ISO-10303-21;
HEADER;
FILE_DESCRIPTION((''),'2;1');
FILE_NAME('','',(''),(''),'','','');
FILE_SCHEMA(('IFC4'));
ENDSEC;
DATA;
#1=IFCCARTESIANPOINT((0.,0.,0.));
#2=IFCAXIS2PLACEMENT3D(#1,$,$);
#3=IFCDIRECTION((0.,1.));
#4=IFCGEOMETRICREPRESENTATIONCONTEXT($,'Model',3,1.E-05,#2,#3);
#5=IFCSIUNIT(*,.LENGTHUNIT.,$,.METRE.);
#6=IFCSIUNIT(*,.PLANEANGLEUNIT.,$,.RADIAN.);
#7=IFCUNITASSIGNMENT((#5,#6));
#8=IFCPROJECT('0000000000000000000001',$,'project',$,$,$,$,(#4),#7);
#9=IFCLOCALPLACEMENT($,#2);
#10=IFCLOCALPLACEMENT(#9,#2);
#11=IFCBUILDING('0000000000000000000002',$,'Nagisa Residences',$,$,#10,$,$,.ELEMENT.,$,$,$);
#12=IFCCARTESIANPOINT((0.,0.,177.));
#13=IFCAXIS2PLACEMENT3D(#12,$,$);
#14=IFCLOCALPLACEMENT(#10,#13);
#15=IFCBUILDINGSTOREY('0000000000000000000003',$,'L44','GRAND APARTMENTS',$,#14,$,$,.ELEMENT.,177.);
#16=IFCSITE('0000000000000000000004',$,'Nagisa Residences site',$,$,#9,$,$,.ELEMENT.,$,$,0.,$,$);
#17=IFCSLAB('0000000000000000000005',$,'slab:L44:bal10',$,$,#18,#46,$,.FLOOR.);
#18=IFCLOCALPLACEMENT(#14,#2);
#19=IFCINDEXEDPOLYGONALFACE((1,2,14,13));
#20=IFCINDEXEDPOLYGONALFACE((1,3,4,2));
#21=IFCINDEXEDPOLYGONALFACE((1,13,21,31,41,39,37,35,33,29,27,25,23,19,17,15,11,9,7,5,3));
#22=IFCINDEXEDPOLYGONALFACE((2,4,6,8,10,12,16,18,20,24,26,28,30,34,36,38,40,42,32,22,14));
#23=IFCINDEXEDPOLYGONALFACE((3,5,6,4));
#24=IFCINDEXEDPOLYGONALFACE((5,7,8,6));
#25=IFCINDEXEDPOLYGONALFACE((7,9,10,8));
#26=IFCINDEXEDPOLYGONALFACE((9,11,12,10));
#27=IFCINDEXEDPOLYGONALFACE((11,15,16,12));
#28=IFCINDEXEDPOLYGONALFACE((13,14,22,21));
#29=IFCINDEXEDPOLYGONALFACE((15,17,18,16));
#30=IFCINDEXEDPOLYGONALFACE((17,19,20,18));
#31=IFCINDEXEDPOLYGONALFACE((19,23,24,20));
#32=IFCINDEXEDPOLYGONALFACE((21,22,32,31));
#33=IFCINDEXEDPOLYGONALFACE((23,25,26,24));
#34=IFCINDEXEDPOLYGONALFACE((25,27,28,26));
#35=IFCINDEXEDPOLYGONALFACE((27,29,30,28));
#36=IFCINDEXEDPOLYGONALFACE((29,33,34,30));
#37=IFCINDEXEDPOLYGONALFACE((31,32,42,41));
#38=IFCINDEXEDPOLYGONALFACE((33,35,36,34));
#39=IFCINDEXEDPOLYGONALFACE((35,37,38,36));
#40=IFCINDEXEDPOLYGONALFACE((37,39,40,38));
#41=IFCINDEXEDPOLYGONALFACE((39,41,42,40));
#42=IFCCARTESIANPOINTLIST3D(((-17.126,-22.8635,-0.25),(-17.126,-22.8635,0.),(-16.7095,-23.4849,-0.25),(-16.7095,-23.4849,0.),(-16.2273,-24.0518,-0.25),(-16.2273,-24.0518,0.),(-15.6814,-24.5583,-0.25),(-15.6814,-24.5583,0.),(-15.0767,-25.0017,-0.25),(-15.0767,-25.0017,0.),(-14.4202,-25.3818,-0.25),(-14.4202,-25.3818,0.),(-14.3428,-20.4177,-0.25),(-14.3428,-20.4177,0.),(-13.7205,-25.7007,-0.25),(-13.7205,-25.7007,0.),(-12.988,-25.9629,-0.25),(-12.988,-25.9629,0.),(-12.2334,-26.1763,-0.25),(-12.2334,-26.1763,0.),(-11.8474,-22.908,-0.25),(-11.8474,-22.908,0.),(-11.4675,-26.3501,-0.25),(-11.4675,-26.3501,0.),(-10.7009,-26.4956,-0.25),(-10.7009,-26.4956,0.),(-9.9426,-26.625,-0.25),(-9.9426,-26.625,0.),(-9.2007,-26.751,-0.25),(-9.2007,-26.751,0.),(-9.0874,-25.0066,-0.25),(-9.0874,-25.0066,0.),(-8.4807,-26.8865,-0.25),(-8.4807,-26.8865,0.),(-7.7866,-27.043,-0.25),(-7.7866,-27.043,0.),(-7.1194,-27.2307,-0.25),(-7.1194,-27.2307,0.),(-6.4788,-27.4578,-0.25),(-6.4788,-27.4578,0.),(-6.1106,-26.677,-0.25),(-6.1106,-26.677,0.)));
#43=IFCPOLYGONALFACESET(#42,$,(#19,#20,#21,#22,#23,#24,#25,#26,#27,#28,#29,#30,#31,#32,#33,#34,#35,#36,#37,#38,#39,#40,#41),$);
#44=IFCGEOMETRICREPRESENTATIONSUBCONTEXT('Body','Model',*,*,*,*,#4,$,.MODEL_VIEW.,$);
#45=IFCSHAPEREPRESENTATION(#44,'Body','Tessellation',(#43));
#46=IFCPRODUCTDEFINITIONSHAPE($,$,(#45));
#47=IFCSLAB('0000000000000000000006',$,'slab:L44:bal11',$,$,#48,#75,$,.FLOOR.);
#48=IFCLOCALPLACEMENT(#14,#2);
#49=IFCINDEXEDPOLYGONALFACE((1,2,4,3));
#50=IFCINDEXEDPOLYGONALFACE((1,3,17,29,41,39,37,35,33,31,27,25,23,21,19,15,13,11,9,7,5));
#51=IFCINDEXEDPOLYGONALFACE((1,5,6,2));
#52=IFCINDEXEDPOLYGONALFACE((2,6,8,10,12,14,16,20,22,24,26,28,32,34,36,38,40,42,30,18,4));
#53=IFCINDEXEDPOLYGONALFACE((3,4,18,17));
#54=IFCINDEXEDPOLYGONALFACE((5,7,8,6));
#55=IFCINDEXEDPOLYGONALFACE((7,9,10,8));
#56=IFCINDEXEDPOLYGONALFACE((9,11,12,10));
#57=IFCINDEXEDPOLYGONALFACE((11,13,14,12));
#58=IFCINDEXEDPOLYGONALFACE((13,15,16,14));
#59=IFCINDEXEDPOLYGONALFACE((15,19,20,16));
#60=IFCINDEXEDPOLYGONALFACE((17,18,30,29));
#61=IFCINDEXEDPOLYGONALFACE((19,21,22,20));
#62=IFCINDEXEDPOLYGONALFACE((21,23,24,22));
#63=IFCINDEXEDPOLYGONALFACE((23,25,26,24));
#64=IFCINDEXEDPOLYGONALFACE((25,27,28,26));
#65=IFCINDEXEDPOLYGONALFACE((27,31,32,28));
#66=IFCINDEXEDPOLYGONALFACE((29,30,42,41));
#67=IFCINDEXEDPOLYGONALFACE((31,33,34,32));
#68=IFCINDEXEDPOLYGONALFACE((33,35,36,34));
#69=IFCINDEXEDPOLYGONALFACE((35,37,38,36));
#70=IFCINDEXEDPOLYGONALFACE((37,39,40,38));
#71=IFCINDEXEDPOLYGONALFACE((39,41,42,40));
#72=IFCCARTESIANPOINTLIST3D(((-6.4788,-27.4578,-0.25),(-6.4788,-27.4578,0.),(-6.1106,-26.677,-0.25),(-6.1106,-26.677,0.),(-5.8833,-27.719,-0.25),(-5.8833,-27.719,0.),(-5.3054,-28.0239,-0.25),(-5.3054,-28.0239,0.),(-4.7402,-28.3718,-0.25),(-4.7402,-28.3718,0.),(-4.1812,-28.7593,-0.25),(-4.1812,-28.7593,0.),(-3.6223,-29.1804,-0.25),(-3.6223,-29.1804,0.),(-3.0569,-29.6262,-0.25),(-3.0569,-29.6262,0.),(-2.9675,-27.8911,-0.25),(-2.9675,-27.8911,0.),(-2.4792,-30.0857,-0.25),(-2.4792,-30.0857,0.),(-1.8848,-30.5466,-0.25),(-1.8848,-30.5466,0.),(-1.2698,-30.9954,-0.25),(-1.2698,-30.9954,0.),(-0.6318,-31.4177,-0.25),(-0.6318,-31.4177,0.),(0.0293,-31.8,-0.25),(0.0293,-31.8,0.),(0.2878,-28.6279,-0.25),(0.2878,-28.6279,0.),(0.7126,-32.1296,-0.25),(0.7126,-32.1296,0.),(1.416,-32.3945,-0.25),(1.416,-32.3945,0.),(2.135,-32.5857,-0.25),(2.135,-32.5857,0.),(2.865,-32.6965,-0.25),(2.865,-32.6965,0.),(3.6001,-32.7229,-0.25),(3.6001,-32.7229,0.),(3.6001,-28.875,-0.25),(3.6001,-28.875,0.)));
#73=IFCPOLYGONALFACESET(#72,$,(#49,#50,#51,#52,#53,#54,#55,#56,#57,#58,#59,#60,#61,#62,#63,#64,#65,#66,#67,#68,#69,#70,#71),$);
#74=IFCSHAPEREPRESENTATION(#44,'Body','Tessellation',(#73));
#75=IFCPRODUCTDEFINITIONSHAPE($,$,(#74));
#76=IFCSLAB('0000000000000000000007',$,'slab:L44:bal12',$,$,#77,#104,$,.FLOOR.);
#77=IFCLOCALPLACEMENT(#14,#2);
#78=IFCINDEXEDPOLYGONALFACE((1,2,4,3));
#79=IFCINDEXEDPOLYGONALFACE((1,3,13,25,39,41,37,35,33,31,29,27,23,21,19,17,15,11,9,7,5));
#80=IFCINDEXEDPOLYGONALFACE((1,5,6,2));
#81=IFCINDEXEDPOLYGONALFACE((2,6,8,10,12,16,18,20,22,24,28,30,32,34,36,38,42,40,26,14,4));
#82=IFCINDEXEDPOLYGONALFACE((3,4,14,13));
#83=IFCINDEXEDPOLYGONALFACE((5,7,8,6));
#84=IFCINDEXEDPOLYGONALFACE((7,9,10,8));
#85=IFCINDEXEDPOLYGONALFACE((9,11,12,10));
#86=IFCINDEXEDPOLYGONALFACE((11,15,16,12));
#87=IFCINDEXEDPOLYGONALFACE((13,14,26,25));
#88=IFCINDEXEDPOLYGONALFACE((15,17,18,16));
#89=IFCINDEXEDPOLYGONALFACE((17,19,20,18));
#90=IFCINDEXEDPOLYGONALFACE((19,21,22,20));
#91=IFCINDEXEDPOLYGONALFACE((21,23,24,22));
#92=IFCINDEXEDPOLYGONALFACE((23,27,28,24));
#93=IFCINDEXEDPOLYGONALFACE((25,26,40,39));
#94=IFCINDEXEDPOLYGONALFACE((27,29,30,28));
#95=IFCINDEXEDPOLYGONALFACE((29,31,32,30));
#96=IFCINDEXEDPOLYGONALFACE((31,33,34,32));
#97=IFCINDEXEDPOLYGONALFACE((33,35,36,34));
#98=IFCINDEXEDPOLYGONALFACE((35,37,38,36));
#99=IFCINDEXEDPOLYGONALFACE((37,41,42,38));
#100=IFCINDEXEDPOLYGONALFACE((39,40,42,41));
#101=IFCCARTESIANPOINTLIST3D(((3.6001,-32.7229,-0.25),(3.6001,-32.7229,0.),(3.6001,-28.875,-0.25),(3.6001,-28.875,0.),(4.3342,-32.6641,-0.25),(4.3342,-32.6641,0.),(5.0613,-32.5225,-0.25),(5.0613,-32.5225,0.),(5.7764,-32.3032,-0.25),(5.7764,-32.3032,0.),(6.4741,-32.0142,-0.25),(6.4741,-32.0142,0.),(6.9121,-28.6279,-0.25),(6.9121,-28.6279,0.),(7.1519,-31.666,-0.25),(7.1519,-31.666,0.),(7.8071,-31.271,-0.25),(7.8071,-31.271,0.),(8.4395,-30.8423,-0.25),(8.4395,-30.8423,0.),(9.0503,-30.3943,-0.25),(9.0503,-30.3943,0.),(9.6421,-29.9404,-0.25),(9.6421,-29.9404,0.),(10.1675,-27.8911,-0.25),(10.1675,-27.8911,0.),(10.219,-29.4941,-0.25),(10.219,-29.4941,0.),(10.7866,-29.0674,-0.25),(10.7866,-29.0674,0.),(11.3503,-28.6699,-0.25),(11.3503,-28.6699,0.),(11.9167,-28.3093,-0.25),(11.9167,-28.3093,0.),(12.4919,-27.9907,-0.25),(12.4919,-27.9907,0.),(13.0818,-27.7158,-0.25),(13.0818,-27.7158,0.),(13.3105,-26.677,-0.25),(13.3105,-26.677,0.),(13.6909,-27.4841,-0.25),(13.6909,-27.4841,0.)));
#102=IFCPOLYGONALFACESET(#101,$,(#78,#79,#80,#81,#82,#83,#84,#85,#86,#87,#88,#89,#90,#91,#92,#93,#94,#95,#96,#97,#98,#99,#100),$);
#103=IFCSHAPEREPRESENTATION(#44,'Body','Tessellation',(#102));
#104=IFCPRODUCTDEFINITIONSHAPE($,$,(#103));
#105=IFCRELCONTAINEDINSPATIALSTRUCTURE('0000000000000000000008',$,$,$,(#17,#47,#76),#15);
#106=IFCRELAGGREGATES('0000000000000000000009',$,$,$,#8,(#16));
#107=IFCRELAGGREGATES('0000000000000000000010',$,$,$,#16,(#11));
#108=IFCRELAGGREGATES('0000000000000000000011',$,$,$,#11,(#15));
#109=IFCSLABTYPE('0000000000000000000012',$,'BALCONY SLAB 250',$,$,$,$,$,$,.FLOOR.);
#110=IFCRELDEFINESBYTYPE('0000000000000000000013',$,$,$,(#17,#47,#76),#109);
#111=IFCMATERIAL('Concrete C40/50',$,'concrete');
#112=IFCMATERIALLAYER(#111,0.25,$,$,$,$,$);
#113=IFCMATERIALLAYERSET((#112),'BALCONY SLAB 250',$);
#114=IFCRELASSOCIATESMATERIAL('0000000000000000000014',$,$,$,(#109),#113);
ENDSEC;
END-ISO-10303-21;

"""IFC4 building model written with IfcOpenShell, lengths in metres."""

from ifc_helpers import new_model, si_unit, direction, frame, origin, place, context, subcontext, project, spatial, polyline, outline, extrude, material, layer, layer_set, type_object, element, save


model = new_model("IFC4")

# Units and contexts
model_context = context("Model", 3, precision=1e-05, world=origin(), true_north=direction((0.0, 1.0)))
body_context = subcontext(model_context, "Body", "Model", "MODEL_VIEW")
ifc_project = project(units=[si_unit("LENGTHUNIT", "METRE"), si_unit("PLANEANGLEUNIT", "RADIAN")], contexts=[model_context])

# Site, building, storey
site_placement = place(None, origin())
site = spatial("IfcSite", under=ifc_project, at=site_placement, Name="Nagisa Residences site", CompositionType="ELEMENT", RefElevation=0.0)
building_placement = place(site_placement, origin())
building = spatial("IfcBuilding", under=site, at=building_placement, Name="Nagisa Residences", CompositionType="ELEMENT")
storey_placement = place(building_placement, frame((0.0, 0.0, 177.0)))
storey = spatial("IfcBuildingStorey", under=building, at=storey_placement, Name="L44", Description="GRAND APARTMENTS", CompositionType="ELEMENT", Elevation=177.0)

# Slabs
ifc_material_1 = material(Name="Concrete C40/50", Category="concrete")
ifc_layer_1 = layer(ifc_material_1, 0.25)
ifc_layer_set_1 = layer_set([ifc_layer_1], Name="BALCONY SLAB 250")
slab_type_1 = type_object("IfcSlabType", Name="BALCONY SLAB 250", PredefinedType="FLOOR", material=ifc_layer_set_1)
slab_1_placement = place(storey_placement, frame((0.0, 0.0, -0.25)))
element("IfcSlab", 1, at=slab_1_placement, inside=storey, type_object=slab_type_1, Name="slab:L44:bal10", PredefinedType="FLOOR", context=body_context, shape_type="SweptSolid", body=[
    extrude(outline(polyline([(-17.126, -22.8635), (-16.7095, -23.4849), (-16.2273, -24.0518), (-15.6814, -24.5583), (-15.0767, -25.0017), (-14.4202, -25.3818), (-13.7205, -25.7007), (-12.988, -25.9629), (-12.2334, -26.1763), (-11.4675, -26.3501), (-10.7009, -26.4956), (-9.9426, -26.625), (-9.2007, -26.751), (-8.4807, -26.8865), (-7.7866, -27.043), (-7.1194, -27.2307), (-6.4788, -27.4578), (-6.1106, -26.677), (-9.0874, -25.0066), (-11.8474, -22.908), (-14.3428, -20.4177), (-17.126, -22.8635)])), origin(), (0.0, 0.0, 1.0), 0.25),
])
slab_2_placement = place(storey_placement, frame((0.0, 0.0, -0.25)))
element("IfcSlab", 2, at=slab_2_placement, inside=storey, type_object=slab_type_1, Name="slab:L44:bal11", PredefinedType="FLOOR", context=body_context, shape_type="SweptSolid", body=[
    extrude(outline(polyline([(-6.4788, -27.4578), (-5.8833, -27.719), (-5.3054, -28.0239), (-4.7402, -28.3718), (-4.1812, -28.7593), (-3.6223, -29.1804), (-3.0569, -29.6262), (-2.4792, -30.0857), (-1.8848, -30.5466), (-1.2698, -30.9954), (-0.6318, -31.4177), (0.0293, -31.8), (0.7126, -32.1296), (1.416, -32.3945), (2.135, -32.5857), (2.865, -32.6965), (3.6001, -32.7229), (3.6001, -28.875), (0.2878, -28.6279), (-2.9675, -27.8911), (-6.1106, -26.677), (-6.4788, -27.4578)])), origin(), (0.0, 0.0, 1.0), 0.25),
])
slab_3_placement = place(storey_placement, frame((0.0, 0.0, -0.25)))
element("IfcSlab", 3, at=slab_3_placement, inside=storey, type_object=slab_type_1, Name="slab:L44:bal12", PredefinedType="FLOOR", context=body_context, shape_type="SweptSolid", body=[
    extrude(outline(polyline([(3.6001, -32.7229), (4.3342, -32.6641), (5.0613, -32.5225), (5.7764, -32.3032), (6.4741, -32.0142), (7.1519, -31.666), (7.8071, -31.271), (8.4395, -30.8423), (9.0503, -30.3943), (9.6421, -29.9404), (10.219, -29.4941), (10.7866, -29.0674), (11.3503, -28.6699), (11.9167, -28.3093), (12.4919, -27.9907), (13.0818, -27.7158), (13.6909, -27.4841), (13.3105, -26.677), (10.1675, -27.8911), (6.9121, -28.6279), (3.6001, -28.875), (3.6001, -32.7229)])), origin(), (0.0, 0.0, 1.0), 0.25),
])

save(model, "model.ifc")
